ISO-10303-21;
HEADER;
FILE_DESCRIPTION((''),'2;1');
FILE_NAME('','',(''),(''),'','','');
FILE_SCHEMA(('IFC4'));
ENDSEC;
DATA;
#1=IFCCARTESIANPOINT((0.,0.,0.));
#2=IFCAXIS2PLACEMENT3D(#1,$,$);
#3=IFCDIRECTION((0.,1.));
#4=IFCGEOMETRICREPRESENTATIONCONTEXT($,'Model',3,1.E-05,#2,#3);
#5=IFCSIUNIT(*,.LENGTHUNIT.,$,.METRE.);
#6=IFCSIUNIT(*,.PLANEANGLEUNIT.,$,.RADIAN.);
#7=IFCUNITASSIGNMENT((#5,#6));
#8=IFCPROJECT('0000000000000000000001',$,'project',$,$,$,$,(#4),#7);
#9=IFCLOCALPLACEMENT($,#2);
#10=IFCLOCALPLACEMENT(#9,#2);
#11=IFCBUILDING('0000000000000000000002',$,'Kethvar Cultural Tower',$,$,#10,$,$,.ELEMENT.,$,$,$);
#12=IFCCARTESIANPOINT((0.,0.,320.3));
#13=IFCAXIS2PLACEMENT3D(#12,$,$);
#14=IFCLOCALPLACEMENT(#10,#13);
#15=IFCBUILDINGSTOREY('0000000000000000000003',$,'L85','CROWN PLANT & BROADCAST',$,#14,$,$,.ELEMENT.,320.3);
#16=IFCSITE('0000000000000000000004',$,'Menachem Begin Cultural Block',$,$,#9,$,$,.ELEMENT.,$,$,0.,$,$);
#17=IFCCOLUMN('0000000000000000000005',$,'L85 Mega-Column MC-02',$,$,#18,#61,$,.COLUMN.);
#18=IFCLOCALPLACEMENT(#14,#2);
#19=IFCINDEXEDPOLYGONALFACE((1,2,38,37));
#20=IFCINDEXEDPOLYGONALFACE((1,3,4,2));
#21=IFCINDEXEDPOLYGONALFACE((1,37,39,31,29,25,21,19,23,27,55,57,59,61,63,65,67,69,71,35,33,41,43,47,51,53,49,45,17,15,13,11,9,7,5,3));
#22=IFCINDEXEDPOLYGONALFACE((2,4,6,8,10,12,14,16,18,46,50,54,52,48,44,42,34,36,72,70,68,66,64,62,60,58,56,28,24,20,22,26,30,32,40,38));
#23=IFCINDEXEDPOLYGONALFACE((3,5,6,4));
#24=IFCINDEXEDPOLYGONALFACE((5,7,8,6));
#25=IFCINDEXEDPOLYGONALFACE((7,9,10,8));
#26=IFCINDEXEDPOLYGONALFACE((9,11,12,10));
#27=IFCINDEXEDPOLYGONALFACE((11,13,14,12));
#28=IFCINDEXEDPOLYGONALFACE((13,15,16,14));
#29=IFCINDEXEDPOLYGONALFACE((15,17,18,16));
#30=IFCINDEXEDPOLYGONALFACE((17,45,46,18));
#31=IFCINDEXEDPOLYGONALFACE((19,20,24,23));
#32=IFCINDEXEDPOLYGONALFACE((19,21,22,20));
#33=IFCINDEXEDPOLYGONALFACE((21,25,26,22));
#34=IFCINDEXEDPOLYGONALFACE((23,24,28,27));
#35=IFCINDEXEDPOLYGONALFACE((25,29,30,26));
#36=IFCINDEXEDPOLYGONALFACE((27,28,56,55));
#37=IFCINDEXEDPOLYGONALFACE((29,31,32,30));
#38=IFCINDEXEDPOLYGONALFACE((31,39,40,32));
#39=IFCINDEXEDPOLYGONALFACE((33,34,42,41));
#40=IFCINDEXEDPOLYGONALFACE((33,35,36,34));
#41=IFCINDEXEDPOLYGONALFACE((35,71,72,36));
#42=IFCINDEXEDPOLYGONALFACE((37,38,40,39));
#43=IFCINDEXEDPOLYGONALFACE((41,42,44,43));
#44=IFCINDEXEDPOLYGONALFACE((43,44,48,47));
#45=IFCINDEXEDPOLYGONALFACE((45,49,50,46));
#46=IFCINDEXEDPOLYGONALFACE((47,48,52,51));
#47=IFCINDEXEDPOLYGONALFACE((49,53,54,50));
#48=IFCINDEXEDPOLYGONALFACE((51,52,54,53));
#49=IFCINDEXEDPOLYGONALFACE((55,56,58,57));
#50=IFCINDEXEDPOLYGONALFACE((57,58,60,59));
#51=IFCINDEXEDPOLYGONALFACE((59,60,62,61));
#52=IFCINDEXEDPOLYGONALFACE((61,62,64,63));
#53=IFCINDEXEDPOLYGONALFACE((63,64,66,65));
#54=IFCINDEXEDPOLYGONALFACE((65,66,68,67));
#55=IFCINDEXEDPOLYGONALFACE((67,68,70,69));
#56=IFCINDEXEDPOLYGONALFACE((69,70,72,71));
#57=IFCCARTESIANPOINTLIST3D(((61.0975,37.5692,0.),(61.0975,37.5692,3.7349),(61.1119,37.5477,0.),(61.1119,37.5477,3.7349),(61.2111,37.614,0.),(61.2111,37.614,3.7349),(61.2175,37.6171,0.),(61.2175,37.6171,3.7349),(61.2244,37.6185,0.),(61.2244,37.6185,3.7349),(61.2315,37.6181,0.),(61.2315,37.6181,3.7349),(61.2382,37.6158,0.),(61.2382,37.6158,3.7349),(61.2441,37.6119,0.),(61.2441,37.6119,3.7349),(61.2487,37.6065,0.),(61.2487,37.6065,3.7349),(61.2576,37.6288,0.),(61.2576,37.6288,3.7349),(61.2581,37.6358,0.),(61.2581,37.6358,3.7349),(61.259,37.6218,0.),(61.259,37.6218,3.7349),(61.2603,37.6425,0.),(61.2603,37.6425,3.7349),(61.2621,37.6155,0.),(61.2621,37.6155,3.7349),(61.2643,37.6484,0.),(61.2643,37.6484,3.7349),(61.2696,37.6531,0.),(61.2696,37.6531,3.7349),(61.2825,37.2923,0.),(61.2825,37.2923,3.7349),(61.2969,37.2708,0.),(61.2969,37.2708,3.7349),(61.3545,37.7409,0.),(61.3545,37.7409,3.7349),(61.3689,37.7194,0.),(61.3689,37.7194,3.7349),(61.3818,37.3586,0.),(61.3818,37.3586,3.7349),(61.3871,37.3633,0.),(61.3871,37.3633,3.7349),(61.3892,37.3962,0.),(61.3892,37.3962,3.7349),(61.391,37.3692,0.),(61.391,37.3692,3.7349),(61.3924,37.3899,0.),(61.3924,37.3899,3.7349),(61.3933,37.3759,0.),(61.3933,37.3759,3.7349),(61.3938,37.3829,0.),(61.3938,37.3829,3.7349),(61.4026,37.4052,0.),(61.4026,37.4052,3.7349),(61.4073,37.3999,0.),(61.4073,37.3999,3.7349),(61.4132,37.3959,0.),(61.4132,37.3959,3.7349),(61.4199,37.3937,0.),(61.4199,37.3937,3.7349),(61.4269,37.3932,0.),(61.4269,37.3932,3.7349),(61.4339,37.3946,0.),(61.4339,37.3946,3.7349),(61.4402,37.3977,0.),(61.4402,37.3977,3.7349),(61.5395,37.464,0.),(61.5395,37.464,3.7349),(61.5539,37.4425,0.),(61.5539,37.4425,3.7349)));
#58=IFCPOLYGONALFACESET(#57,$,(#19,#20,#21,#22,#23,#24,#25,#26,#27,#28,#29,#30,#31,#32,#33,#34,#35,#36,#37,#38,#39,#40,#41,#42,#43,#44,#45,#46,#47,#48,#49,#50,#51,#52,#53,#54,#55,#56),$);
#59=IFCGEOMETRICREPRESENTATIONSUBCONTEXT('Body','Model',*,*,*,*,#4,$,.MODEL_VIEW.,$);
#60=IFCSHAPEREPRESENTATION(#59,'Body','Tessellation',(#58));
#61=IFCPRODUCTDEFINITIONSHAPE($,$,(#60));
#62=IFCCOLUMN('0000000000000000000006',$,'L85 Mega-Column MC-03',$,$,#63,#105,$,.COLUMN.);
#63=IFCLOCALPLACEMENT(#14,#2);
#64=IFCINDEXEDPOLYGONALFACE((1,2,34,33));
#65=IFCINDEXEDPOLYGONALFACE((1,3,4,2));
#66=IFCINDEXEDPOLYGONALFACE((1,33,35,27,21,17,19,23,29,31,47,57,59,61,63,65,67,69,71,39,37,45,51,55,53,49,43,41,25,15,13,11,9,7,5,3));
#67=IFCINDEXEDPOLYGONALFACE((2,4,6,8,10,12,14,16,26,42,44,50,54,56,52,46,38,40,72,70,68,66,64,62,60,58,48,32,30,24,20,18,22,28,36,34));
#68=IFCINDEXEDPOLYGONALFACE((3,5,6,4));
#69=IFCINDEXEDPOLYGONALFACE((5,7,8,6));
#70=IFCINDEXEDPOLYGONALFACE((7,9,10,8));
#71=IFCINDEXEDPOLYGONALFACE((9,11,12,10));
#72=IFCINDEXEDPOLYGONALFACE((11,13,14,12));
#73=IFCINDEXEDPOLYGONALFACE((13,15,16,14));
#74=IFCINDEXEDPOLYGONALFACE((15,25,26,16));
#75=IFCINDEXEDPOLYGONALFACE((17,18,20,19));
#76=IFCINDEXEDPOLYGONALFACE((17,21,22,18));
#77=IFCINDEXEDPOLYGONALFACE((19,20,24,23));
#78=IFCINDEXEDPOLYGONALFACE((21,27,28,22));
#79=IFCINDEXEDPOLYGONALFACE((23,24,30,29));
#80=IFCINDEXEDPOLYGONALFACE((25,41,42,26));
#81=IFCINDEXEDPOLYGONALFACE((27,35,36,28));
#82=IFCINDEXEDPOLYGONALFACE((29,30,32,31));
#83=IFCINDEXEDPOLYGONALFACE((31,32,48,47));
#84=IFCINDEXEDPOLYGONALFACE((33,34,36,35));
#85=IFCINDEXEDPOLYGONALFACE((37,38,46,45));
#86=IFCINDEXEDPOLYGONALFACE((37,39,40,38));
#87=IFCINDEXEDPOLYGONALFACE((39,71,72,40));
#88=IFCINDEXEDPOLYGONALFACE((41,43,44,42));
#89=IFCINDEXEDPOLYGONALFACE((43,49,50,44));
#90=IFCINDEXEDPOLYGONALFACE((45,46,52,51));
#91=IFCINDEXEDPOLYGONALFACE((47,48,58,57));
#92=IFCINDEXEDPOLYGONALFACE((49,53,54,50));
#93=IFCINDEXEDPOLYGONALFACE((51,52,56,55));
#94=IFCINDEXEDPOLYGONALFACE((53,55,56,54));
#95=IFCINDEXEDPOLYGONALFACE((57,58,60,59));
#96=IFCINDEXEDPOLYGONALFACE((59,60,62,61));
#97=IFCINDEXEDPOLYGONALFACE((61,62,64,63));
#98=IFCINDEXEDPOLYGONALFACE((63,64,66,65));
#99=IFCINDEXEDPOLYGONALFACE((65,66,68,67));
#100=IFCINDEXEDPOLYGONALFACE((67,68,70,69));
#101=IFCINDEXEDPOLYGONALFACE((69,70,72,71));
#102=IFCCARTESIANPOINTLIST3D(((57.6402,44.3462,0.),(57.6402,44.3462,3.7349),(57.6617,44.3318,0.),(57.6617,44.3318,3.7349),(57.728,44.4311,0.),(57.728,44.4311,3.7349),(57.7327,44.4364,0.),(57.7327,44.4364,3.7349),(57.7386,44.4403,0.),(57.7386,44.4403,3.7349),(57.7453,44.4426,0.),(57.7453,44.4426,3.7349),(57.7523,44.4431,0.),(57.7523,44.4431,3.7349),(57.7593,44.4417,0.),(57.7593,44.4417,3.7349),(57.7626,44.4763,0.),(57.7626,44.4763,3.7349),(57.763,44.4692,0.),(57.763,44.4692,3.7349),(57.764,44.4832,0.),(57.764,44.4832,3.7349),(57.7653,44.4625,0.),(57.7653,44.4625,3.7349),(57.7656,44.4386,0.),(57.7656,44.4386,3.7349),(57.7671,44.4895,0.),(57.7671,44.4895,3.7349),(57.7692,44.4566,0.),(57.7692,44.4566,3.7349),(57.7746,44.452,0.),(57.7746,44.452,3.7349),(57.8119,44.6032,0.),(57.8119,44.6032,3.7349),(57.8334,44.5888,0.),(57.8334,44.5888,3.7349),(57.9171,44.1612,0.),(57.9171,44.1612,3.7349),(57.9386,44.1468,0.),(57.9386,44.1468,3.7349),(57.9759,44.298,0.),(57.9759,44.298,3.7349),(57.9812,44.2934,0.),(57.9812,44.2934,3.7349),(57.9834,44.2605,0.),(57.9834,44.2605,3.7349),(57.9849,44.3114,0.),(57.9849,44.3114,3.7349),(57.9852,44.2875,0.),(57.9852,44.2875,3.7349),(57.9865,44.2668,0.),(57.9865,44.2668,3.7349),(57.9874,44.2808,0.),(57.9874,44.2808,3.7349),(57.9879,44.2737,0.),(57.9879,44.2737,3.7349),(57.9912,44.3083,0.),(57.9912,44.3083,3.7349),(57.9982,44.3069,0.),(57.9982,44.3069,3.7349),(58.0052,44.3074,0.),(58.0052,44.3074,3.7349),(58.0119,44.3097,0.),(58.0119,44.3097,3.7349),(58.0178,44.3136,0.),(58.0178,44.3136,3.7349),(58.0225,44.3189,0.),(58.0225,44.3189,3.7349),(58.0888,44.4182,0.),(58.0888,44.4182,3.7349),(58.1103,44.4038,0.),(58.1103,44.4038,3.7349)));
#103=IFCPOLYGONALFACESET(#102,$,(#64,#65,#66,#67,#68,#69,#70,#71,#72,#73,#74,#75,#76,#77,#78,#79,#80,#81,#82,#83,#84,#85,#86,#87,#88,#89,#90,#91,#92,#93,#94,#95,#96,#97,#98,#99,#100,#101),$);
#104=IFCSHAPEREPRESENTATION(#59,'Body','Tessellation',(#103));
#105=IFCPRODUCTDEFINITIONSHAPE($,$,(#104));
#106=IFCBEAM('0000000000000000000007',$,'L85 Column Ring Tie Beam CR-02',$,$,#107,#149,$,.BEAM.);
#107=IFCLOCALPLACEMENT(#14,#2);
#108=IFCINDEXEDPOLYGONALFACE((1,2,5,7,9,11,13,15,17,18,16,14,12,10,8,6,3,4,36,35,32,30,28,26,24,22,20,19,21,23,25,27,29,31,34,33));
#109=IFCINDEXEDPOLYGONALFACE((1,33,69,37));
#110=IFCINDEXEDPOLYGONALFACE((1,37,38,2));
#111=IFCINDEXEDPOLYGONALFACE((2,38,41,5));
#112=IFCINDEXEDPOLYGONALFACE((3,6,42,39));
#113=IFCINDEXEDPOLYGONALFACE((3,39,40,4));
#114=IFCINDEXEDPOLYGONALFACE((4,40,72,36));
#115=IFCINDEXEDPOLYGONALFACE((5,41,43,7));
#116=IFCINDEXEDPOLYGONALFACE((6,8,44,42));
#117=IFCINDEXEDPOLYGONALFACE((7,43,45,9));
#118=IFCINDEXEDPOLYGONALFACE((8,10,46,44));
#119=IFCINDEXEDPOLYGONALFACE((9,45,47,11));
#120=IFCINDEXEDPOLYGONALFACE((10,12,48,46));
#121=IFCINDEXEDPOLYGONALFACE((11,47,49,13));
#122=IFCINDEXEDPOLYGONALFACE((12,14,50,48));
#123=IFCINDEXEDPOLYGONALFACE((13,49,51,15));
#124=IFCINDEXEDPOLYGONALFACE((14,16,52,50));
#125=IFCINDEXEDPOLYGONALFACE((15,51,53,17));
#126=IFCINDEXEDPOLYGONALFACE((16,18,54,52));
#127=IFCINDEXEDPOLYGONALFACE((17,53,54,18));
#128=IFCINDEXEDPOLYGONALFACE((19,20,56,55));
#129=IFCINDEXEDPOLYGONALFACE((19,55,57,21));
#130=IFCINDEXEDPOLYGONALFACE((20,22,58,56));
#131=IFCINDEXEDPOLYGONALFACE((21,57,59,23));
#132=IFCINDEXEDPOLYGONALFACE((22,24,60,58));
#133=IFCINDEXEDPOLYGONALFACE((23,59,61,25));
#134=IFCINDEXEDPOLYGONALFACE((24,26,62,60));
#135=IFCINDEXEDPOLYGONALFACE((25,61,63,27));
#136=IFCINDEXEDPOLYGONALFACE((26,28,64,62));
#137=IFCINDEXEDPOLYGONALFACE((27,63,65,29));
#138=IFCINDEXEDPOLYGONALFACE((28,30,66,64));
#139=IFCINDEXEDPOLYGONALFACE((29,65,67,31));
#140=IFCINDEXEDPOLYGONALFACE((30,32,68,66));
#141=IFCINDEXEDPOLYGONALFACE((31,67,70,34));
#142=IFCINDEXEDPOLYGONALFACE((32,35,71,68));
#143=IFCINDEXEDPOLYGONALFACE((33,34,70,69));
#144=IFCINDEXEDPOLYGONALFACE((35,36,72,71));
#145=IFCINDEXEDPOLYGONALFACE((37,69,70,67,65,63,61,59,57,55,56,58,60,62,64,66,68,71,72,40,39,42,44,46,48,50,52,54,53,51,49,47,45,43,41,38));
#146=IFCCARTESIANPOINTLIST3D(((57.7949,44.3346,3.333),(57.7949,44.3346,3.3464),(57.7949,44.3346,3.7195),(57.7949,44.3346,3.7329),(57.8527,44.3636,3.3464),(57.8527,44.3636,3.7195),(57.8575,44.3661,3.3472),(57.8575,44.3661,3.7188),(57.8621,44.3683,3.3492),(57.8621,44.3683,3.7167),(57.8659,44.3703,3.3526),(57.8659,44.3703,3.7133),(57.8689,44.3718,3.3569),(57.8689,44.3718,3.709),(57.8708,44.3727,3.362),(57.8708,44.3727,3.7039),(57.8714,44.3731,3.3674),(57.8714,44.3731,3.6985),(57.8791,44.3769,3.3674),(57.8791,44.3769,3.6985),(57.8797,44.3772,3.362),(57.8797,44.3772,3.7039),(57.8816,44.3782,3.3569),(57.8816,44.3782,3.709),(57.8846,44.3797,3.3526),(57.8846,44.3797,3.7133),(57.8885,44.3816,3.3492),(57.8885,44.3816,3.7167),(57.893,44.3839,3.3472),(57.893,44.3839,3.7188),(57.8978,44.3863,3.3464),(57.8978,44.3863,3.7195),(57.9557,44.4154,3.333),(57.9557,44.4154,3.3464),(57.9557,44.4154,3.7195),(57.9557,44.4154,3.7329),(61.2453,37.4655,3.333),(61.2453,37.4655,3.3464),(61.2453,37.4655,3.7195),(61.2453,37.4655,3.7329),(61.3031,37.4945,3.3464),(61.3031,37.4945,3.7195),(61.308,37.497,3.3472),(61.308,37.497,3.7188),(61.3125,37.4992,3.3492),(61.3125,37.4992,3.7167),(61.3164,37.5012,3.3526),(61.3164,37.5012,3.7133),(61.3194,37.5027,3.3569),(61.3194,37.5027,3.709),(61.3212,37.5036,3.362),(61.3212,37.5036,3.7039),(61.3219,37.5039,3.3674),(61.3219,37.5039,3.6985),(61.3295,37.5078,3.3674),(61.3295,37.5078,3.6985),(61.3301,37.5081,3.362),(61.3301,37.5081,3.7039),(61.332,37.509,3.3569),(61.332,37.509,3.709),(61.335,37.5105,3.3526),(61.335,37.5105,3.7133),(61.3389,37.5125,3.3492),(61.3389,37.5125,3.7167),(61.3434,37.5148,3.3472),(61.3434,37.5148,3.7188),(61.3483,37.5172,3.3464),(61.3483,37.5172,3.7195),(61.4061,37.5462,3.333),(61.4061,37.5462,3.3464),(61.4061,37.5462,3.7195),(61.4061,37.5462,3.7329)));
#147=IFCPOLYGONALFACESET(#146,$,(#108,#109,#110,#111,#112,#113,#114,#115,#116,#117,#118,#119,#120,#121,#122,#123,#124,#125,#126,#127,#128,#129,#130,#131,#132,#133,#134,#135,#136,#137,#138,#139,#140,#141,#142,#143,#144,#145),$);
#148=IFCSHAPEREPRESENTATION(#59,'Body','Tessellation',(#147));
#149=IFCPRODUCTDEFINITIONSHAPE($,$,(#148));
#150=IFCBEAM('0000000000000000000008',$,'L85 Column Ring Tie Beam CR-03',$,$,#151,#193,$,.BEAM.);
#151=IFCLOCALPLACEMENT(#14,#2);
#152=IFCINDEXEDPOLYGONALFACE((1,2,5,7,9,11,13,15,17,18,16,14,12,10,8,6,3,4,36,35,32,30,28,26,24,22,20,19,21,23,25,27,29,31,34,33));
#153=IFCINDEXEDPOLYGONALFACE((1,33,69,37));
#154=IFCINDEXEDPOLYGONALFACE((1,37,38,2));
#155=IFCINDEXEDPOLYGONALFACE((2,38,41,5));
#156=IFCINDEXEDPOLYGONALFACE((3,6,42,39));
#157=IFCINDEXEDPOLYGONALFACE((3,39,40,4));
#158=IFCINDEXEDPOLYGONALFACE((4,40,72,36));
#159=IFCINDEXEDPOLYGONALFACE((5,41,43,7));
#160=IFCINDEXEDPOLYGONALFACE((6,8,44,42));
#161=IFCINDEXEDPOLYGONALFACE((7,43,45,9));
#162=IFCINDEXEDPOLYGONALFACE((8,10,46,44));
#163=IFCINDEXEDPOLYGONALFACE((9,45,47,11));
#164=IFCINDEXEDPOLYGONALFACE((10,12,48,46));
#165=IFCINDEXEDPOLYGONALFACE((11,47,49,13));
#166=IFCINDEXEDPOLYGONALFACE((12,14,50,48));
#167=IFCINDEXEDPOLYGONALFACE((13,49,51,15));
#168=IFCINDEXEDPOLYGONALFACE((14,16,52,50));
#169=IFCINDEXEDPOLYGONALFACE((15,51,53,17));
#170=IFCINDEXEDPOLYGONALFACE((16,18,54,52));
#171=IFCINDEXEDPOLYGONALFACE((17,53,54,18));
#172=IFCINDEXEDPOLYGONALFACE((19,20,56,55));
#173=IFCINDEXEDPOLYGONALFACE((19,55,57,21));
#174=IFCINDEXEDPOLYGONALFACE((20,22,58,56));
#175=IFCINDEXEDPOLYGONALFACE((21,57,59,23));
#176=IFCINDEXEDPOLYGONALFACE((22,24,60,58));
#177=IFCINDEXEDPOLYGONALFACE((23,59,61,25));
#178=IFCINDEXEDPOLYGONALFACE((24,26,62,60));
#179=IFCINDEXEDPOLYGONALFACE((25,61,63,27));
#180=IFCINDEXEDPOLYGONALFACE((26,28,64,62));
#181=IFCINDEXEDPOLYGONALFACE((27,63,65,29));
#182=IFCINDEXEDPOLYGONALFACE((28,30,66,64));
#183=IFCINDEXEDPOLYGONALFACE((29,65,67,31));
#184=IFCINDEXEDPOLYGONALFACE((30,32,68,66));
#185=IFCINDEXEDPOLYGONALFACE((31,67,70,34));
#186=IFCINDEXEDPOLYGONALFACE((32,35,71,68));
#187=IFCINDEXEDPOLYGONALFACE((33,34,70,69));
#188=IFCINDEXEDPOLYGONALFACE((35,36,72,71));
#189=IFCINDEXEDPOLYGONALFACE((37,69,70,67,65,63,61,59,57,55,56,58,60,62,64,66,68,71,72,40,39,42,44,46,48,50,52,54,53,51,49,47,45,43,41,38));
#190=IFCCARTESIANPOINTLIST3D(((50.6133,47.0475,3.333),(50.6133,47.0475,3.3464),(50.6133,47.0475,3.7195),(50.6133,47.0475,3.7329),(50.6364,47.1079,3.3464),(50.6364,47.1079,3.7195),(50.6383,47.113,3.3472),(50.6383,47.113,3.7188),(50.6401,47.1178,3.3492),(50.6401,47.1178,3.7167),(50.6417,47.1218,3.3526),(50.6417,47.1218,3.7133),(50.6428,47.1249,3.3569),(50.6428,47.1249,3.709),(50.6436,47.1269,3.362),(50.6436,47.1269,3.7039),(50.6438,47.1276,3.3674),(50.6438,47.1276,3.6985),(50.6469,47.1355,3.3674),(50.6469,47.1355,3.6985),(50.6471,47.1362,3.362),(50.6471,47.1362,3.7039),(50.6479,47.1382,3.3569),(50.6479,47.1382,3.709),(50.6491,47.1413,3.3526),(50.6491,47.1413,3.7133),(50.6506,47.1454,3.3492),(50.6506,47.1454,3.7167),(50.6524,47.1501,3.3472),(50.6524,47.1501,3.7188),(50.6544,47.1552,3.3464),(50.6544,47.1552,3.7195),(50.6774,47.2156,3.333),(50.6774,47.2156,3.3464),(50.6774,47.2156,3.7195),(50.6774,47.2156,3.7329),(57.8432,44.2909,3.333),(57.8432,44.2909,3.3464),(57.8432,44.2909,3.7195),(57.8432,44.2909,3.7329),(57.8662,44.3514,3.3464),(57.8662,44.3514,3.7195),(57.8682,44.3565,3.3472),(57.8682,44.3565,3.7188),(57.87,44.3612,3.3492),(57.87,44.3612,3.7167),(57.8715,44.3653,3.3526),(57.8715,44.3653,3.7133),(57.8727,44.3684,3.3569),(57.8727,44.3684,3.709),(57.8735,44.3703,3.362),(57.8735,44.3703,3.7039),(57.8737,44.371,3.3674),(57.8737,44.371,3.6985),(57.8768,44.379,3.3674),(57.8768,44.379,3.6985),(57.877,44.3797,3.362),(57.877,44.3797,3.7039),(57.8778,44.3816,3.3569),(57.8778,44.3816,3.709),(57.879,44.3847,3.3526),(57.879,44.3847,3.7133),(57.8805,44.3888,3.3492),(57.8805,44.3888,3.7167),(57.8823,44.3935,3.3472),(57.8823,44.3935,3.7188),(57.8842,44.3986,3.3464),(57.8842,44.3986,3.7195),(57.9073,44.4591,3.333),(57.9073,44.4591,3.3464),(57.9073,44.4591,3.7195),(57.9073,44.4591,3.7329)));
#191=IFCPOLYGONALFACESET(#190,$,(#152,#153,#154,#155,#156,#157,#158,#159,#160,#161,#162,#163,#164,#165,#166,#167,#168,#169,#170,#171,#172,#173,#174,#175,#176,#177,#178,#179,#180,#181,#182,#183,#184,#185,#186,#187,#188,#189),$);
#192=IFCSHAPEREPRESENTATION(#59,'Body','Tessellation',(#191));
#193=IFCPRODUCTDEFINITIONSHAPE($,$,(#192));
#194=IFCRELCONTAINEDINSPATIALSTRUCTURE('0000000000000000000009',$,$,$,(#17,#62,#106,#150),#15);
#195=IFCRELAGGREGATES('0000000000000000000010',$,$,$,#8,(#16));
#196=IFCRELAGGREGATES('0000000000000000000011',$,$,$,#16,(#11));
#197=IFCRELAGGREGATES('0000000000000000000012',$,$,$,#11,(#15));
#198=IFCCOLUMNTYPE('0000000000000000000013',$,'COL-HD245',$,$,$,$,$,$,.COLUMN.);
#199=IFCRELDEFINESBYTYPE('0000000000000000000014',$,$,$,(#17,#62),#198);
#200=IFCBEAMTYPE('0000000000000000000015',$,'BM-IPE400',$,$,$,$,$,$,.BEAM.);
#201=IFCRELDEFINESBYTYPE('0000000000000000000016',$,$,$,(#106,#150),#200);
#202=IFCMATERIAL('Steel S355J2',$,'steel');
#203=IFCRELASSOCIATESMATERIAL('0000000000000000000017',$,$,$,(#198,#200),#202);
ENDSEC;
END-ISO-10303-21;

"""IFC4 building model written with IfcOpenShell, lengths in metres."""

from ifc_helpers import new_model, si_unit, direction, frame, origin, origin_2d, place, context, subcontext, project, spatial, i_section, extrude, source, transform, mapped, material, material_profile, profile_set, type_object, element, save


model = new_model("IFC4")

# Units and contexts
model_context = context("Model", 3, precision=1e-05, world=origin(), true_north=direction((0.0, 1.0)))
body_context = subcontext(model_context, "Body", "Model", "MODEL_VIEW")
ifc_project = project(units=[si_unit("LENGTHUNIT", "METRE"), si_unit("PLANEANGLEUNIT", "RADIAN")], contexts=[model_context])

# Site, building, storey
site_placement = place(None, origin())
site = spatial("IfcSite", under=ifc_project, at=site_placement, Name="Menachem Begin Cultural Block", CompositionType="ELEMENT", RefElevation=0.0)
building_placement = place(site_placement, origin())
building = spatial("IfcBuilding", under=site, at=building_placement, Name="Kethvar Cultural Tower", CompositionType="ELEMENT")
storey_placement = place(building_placement, frame((0.0, 0.0, 320.3)))
storey = spatial("IfcBuildingStorey", under=building, at=storey_placement, Name="L85", Description="CROWN PLANT & BROADCAST", CompositionType="ELEMENT", Elevation=320.3)

# Columns
ifc_material_1 = material(Name="Steel S355J2", Category="steel")
ifc_material_profile_1 = material_profile(ifc_material_1, i_section(OverallWidth=0.3091, OverallDepth=0.3589, WebThickness=0.0161, FlangeThickness=0.0259, FilletRadius=0.0271, at=origin_2d()), Name="Steel S355J2 — HD320x245")
ifc_profile_set_1 = profile_set([ifc_material_profile_1], Name="Steel S355J2 — HD320x245")
column_type = type_object("IfcColumnType", Name="COL-HD245", PredefinedType="COLUMN", material=ifc_profile_set_1)
shared_shape_1 = source(origin(), body_context, "Body", "SweptSolid", [
    extrude(i_section(OverallWidth=0.3091, OverallDepth=0.3589, WebThickness=0.0161, FlangeThickness=0.0259, FilletRadius=0.0271, at=origin_2d()), origin(), (0.0, 0.0, 1.0), 3.7349),
])
for number, where, z_axis, x_axis, name in (
    (1, (61.3257, 37.5059, 0.0), (0.0, 0.0, 1.0), (0.83147, 0.55557, 0.0), "L85 Mega-Column MC-02"),
    (2, (57.8752, 44.375, 0.0), (0.0, 0.0, 1.0), (0.55557, 0.83147, 0.0), "L85 Mega-Column MC-03"),
):
    element("IfcColumn", number, at=place(storey_placement, frame(where, z_axis=z_axis, x_axis=x_axis)), inside=storey, type_object=column_type, Name=name, PredefinedType="COLUMN", context=body_context, shape_type="MappedRepresentation", body=[
        mapped(shared_shape_1, transform((0.0, 0.0, 0.0), scale=1.0)),
    ])

# Beams
ifc_material_profile_2 = material_profile(ifc_material_1, i_section(OverallWidth=0.1799, OverallDepth=0.3999, WebThickness=0.0085, FlangeThickness=0.0134, FilletRadius=0.021, at=origin_2d()), Name="Steel S355J2 — IPE400")
ifc_profile_set_2 = profile_set([ifc_material_profile_2], Name="Steel S355J2 — IPE400")
beam_type_1 = type_object("IfcBeamType", Name="BM-IPE400", PredefinedType="BEAM", material=ifc_profile_set_2)
shared_shape_2 = source(origin(), body_context, "Body", "SweptSolid", [
    extrude(i_section(OverallWidth=0.1799, OverallDepth=0.3999, WebThickness=0.0085, FlangeThickness=0.0134, FilletRadius=0.021, at=origin_2d()), origin(), (0.0, 0.0, 1.0), 7.687),
])
beam_1_placement = place(storey_placement, frame((61.3257, 37.5059, 3.533), z_axis=(-0.448864, 0.8936, 0.0), x_axis=(-0.8936, -0.448864, 0.0)))
element("IfcBeam", 3, at=beam_1_placement, inside=storey, type_object=beam_type_1, Name="L85 Column Ring Tie Beam CR-02", PredefinedType="BEAM", context=body_context, shape_type="MappedRepresentation", body=[
    mapped(shared_shape_2, transform((0.0, 0.0, 0.0), scale=1.0)),
])
shared_shape_3 = source(origin(), body_context, "Body", "SweptSolid", [
    extrude(i_section(OverallWidth=0.1799, OverallDepth=0.3999, WebThickness=0.0085, FlangeThickness=0.0134, FilletRadius=0.021, at=origin_2d()), origin(), (0.0, 0.0, 1.0), 7.7375),
])
beam_2_placement = place(storey_placement, frame((57.8752, 44.375, 3.533), z_axis=(-0.934388, 0.356256, 0.0), x_axis=(-0.356256, -0.934388, 0.0)))
element("IfcBeam", 4, at=beam_2_placement, inside=storey, type_object=beam_type_1, Name="L85 Column Ring Tie Beam CR-03", PredefinedType="BEAM", context=body_context, shape_type="MappedRepresentation", body=[
    mapped(shared_shape_3, transform((0.0, 0.0, 0.0), scale=1.0)),
])

save(model, "model.ifc")
